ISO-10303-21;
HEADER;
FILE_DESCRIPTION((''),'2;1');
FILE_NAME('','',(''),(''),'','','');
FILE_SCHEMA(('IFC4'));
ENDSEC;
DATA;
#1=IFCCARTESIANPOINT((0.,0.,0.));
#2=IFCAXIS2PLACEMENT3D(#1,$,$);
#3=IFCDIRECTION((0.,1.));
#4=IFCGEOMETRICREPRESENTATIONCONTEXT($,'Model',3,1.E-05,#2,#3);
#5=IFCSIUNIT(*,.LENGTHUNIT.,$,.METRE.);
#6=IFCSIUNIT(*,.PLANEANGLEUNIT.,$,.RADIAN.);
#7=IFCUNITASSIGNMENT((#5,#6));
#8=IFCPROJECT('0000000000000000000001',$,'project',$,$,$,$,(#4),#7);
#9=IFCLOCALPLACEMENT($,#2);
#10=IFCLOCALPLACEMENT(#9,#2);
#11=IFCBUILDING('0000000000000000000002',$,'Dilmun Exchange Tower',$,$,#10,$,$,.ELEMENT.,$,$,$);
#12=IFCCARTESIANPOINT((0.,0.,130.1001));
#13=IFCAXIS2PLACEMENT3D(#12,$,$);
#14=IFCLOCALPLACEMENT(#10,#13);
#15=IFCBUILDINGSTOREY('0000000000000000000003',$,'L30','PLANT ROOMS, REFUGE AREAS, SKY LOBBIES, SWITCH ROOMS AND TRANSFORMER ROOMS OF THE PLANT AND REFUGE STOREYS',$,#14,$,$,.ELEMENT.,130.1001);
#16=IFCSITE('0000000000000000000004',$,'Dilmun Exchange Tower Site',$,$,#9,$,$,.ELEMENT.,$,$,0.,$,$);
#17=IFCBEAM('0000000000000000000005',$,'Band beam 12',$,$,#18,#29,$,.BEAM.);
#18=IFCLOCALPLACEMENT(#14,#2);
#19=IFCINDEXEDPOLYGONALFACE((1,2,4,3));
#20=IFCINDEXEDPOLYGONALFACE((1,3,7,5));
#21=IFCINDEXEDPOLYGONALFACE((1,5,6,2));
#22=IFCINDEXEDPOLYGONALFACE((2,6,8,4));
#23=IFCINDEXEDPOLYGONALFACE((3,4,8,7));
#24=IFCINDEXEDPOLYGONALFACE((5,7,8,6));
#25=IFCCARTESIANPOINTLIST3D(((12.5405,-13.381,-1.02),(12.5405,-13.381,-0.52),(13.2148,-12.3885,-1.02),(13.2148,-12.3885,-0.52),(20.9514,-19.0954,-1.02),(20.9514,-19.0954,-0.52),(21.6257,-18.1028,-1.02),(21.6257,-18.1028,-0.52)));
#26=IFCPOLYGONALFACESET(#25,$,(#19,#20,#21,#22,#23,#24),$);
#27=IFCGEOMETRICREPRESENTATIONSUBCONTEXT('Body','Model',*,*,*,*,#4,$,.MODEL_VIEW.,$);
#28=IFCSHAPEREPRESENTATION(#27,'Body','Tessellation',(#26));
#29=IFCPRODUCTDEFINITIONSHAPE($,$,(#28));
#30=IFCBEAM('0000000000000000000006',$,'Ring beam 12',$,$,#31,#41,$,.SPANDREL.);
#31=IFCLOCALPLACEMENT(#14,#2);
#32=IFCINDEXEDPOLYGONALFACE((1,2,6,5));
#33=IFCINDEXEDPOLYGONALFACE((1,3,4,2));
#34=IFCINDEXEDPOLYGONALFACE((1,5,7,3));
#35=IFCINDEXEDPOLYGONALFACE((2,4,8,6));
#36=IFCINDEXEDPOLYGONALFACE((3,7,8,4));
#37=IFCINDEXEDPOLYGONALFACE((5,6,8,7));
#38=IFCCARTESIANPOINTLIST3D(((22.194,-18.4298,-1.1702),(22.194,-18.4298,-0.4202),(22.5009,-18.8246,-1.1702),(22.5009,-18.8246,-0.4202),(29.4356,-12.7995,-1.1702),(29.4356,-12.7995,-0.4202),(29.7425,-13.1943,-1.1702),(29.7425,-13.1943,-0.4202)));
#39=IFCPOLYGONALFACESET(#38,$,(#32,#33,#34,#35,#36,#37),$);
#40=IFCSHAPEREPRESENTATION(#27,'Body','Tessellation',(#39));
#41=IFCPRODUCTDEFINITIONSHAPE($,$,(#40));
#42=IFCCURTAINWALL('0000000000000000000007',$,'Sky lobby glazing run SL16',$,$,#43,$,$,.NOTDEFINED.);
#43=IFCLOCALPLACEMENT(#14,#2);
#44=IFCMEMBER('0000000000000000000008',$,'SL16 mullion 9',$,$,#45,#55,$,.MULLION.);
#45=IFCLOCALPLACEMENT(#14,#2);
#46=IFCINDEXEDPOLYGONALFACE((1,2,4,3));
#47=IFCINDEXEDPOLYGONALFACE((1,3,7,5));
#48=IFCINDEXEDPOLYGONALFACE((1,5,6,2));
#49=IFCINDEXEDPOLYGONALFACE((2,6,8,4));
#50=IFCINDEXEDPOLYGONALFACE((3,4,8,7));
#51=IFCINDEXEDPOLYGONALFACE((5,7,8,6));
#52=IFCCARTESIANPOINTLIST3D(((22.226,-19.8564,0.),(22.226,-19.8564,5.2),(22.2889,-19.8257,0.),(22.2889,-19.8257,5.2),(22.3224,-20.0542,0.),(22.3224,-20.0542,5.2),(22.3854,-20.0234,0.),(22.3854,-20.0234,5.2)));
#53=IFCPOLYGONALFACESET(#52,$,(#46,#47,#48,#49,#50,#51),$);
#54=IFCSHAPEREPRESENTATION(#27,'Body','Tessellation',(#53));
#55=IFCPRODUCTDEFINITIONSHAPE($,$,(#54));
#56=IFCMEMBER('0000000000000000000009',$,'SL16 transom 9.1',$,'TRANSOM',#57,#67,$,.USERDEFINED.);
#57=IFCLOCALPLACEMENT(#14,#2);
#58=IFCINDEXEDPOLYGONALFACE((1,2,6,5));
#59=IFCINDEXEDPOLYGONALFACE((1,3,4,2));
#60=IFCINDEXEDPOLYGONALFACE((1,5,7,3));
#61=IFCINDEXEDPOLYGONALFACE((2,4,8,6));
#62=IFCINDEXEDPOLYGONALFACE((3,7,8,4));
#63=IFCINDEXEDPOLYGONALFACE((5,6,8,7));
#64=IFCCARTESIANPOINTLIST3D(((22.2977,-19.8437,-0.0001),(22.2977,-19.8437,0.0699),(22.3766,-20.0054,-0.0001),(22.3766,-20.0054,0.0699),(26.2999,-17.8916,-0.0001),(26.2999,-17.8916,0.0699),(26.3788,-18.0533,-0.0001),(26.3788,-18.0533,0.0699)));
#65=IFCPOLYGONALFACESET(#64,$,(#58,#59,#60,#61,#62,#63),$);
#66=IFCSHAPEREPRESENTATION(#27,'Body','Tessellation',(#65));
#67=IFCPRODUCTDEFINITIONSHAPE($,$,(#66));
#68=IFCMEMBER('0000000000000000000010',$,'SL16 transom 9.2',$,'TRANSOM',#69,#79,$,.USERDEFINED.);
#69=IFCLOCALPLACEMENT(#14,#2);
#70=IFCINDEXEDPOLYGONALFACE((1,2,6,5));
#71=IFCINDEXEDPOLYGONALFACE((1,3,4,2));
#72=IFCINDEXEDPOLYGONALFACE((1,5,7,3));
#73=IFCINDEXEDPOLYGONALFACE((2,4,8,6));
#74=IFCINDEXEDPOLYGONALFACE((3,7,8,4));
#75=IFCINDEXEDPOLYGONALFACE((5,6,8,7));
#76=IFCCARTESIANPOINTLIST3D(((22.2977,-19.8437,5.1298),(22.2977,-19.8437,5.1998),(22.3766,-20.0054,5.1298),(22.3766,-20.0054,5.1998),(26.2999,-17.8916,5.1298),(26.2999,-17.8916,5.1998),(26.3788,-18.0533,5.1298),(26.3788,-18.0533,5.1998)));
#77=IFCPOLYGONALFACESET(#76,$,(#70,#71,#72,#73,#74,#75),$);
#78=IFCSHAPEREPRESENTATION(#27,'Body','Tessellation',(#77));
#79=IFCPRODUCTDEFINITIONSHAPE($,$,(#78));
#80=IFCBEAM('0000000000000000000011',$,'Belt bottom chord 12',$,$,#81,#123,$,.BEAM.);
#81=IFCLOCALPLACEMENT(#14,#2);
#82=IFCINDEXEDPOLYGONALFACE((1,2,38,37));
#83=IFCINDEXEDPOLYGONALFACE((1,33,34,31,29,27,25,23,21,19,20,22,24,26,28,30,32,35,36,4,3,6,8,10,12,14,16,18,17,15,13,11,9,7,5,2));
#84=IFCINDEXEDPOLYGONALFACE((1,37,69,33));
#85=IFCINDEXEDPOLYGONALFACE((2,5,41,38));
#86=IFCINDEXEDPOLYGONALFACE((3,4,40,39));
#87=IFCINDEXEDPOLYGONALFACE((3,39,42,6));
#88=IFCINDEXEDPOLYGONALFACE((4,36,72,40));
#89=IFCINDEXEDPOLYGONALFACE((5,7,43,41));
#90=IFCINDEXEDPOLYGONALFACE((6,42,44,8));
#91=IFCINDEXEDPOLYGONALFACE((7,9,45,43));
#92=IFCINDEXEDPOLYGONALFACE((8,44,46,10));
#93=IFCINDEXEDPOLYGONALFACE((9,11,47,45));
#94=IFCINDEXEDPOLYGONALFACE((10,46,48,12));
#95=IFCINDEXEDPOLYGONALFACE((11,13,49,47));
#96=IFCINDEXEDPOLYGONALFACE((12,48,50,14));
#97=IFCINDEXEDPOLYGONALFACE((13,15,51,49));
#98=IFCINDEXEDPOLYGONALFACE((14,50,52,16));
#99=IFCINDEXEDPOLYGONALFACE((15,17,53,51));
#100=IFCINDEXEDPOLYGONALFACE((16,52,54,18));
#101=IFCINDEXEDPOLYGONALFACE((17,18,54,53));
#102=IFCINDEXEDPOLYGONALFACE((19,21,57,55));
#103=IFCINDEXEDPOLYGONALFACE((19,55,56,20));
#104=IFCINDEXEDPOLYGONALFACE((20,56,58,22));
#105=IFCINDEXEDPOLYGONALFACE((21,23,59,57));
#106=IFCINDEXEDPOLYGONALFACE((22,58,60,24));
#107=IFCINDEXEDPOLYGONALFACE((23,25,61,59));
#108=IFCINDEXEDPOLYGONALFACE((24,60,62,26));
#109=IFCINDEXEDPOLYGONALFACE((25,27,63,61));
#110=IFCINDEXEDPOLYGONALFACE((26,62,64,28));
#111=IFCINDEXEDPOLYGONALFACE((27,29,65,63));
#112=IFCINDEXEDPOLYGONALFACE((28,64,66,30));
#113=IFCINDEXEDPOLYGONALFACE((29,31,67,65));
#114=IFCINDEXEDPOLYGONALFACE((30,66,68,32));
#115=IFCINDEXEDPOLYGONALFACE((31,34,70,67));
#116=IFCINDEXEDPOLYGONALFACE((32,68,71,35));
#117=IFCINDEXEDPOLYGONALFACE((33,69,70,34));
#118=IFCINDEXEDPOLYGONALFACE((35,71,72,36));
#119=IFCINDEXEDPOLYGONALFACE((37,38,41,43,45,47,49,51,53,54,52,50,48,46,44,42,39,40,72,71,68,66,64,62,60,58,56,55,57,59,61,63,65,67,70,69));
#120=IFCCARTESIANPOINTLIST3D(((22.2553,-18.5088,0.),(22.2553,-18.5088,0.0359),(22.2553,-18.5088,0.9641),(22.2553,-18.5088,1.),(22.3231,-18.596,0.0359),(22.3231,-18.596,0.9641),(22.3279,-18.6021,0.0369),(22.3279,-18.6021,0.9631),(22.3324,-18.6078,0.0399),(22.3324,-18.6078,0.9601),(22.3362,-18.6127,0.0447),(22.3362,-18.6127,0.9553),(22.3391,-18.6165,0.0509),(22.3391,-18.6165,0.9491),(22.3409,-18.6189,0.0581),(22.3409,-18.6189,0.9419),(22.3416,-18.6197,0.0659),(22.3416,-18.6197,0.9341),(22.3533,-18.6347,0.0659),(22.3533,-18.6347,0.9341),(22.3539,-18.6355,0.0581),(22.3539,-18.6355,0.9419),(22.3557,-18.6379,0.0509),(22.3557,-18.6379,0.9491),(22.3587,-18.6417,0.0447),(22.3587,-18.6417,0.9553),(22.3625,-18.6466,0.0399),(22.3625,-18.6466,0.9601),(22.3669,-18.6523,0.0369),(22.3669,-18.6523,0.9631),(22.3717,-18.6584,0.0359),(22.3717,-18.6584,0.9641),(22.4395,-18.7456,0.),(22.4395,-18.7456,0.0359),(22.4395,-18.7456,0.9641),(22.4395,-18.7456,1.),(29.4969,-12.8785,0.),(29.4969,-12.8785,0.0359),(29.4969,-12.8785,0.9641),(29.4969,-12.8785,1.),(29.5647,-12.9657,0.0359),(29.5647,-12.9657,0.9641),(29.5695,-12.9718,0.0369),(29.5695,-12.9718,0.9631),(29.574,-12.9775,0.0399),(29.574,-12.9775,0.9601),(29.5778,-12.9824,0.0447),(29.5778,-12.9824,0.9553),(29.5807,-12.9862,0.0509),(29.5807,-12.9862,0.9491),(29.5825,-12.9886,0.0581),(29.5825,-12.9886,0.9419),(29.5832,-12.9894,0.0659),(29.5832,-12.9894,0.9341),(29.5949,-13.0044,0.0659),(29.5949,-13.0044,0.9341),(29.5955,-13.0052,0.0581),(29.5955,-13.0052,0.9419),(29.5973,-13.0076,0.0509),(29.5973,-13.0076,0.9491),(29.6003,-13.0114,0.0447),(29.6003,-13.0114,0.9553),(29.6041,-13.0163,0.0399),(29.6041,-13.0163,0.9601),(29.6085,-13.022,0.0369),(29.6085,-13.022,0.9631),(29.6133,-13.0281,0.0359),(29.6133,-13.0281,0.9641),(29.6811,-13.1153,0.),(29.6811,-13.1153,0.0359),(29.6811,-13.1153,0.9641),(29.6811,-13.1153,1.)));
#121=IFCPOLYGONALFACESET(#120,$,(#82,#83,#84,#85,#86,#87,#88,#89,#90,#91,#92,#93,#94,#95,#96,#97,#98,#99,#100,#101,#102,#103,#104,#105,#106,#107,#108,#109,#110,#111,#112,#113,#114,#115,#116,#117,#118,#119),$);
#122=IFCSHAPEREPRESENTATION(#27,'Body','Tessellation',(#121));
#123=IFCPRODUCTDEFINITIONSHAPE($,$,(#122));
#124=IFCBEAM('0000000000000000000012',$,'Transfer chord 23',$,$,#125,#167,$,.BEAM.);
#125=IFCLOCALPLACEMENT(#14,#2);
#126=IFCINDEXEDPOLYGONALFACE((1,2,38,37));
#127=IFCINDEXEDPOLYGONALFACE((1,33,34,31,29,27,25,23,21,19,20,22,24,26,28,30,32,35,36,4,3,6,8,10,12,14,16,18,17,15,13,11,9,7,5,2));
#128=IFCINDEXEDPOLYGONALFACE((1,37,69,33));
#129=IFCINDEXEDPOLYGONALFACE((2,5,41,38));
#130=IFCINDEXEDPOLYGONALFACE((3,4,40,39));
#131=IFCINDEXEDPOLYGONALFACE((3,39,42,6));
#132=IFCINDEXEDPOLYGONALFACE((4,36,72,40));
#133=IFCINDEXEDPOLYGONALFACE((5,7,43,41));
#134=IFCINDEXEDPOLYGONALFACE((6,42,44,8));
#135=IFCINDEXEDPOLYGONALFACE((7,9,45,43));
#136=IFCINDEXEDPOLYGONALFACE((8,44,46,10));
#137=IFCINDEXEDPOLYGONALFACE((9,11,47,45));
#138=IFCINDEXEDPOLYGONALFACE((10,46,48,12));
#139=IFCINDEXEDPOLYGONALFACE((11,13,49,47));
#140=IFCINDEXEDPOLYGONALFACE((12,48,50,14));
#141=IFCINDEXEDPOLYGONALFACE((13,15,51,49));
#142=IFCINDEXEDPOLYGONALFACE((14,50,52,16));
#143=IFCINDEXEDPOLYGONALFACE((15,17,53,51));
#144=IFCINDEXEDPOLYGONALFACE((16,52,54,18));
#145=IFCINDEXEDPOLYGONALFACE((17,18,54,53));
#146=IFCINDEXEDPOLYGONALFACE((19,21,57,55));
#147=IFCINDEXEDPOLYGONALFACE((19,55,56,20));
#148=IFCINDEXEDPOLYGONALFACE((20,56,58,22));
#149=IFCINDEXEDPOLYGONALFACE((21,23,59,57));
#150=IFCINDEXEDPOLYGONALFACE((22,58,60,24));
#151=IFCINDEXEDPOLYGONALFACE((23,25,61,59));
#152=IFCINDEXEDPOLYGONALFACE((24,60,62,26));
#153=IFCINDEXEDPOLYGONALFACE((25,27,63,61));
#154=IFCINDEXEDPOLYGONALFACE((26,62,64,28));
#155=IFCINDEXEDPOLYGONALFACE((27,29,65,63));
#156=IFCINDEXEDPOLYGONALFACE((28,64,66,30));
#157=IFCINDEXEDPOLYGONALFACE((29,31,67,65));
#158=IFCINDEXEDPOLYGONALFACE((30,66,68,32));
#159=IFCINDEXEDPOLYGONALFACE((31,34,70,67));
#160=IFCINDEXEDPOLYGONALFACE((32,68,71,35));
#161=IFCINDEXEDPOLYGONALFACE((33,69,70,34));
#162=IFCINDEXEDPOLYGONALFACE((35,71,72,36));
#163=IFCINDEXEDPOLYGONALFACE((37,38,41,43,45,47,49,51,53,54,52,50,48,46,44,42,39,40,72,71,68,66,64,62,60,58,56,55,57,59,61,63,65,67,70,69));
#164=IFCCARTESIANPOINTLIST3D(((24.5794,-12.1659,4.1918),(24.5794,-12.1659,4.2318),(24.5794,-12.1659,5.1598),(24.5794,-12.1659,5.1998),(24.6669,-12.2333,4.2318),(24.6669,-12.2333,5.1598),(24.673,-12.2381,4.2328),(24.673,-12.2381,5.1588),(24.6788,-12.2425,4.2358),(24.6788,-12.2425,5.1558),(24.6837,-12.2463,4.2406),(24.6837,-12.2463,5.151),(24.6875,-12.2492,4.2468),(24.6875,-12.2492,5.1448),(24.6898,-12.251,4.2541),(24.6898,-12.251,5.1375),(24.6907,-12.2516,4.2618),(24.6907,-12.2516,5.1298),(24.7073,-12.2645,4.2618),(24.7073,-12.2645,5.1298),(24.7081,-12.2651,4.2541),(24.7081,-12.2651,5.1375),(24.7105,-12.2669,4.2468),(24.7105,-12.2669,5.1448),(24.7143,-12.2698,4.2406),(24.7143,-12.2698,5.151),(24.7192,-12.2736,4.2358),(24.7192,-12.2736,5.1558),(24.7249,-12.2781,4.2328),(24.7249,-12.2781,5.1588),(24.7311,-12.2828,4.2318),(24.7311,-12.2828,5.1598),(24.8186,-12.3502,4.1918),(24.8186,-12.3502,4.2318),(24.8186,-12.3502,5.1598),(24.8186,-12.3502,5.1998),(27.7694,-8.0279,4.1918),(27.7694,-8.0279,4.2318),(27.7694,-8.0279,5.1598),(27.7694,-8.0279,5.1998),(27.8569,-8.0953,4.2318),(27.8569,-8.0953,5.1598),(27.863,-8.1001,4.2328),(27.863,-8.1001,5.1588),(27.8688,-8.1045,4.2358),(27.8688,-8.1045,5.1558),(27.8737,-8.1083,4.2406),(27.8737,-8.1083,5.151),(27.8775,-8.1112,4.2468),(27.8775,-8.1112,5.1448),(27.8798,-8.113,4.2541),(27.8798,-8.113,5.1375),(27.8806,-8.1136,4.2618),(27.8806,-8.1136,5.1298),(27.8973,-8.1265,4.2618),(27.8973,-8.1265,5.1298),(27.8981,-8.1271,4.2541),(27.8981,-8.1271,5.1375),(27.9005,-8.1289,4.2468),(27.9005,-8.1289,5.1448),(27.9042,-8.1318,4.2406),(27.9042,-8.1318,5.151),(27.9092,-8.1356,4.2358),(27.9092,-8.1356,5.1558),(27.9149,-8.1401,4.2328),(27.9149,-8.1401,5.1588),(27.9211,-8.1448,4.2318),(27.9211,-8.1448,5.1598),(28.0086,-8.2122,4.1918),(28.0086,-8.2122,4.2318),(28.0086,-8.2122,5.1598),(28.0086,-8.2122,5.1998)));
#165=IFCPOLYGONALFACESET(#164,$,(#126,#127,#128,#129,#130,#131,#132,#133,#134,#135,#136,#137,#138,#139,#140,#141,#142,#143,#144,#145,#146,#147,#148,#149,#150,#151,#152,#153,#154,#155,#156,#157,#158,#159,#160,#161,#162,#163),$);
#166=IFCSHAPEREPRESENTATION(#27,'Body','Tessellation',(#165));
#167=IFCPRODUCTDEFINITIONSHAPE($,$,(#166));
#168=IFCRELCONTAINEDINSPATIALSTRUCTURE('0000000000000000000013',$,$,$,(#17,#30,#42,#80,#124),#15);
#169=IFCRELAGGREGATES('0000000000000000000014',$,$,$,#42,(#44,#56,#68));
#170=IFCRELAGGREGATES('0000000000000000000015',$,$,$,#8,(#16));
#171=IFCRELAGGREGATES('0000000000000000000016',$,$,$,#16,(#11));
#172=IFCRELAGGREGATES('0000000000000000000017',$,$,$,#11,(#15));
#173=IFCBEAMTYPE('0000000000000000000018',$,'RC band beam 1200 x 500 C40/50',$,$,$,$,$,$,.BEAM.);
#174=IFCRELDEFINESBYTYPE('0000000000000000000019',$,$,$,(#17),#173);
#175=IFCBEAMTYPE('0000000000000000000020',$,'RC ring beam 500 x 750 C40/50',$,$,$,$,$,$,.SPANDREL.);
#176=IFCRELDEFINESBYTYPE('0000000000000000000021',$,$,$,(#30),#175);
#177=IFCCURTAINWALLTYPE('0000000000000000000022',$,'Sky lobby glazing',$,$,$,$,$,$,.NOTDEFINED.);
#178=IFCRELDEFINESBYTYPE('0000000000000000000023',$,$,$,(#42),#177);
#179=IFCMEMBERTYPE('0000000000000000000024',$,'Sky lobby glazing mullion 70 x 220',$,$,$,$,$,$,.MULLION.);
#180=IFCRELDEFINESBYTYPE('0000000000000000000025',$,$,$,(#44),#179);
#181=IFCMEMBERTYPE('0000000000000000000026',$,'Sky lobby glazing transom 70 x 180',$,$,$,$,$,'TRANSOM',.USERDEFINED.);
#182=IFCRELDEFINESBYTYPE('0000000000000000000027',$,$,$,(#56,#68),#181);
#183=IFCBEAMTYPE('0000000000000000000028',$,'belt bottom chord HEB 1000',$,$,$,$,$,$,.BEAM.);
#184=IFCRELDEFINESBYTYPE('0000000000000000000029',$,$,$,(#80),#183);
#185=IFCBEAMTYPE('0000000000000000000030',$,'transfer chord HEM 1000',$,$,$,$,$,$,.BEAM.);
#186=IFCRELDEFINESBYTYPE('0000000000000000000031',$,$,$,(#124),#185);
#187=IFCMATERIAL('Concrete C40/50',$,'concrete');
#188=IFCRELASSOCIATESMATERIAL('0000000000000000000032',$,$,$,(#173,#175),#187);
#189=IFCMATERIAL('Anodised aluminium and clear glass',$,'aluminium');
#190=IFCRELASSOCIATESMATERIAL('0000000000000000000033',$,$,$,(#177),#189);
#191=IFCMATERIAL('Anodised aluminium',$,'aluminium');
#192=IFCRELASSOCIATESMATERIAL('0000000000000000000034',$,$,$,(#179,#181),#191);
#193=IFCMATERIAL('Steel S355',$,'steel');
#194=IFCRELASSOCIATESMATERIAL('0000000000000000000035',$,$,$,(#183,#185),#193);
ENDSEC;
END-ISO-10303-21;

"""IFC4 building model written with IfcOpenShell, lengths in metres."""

from ifc_helpers import new_model, si_unit, direction, frame, origin, origin_2d, place, context, subcontext, project, spatial, rectangle, i_section, extrude, material, material_profile, profile_set, type_object, element, aggregate, save


model = new_model("IFC4")

# Units and contexts
model_context = context("Model", 3, precision=1e-05, world=origin(), true_north=direction((0.0, 1.0)))
body_context = subcontext(model_context, "Body", "Model", "MODEL_VIEW")
ifc_project = project(units=[si_unit("LENGTHUNIT", "METRE"), si_unit("PLANEANGLEUNIT", "RADIAN")], contexts=[model_context])

# Site, building, storey
site_placement = place(None, origin())
site = spatial("IfcSite", under=ifc_project, at=site_placement, Name="Dilmun Exchange Tower Site", CompositionType="ELEMENT", RefElevation=0.0)
building_placement = place(site_placement, origin())
building = spatial("IfcBuilding", under=site, at=building_placement, Name="Dilmun Exchange Tower", CompositionType="ELEMENT")
storey_placement = place(building_placement, frame((0.0, 0.0, 130.1001)))
storey = spatial("IfcBuildingStorey", under=building, at=storey_placement, Name="L30", Description="PLANT ROOMS, REFUGE AREAS, SKY LOBBIES, SWITCH ROOMS AND TRANSFORMER ROOMS OF THE PLANT AND REFUGE STOREYS", CompositionType="ELEMENT", Elevation=130.1001)

# Beams
ifc_material_1 = material(Name="Concrete C40/50", Category="concrete")
ifc_material_profile_1 = material_profile(ifc_material_1, rectangle(XDim=1.2, YDim=0.5, at=origin_2d()), Name="1200 x 500")
ifc_profile_set_1 = profile_set([ifc_material_profile_1], Name="Concrete C40/50")
beam_type_1 = type_object("IfcBeamType", Name="RC band beam 1200 x 500 C40/50", PredefinedType="BEAM", material=ifc_profile_set_1)
beam_1_placement = place(storey_placement, frame((21.2886, -18.5991, -0.77), z_axis=(-0.827157, 0.56197, 0.0), x_axis=(-0.56197, -0.827157, 0.0)))
element("IfcBeam", 1, at=beam_1_placement, inside=storey, type_object=beam_type_1, Name="Band beam 12", PredefinedType="BEAM", context=body_context, shape_type="SweptSolid", body=[
    extrude(rectangle(XDim=1.2, YDim=0.5, at=origin_2d()), origin(), (0.0, 0.0, 1.0), 10.1685),
])
ifc_material_profile_2 = material_profile(ifc_material_1, rectangle(XDim=0.5, YDim=0.75, at=origin_2d()), Name="500 x 750")
ifc_profile_set_2 = profile_set([ifc_material_profile_2], Name="Concrete C40/50")
beam_type_2 = type_object("IfcBeamType", Name="RC ring beam 500 x 750 C40/50", PredefinedType="SPANDREL", material=ifc_profile_set_2)
beam_2_placement = place(storey_placement, frame((22.3474, -18.6272, -0.7952), z_axis=(0.789461, 0.613801, 0.0), x_axis=(-0.613801, 0.789461, 0.0)))
element("IfcBeam", 2, at=beam_2_placement, inside=storey, type_object=beam_type_2, Name="Ring beam 12", PredefinedType="SPANDREL", context=body_context, shape_type="SweptSolid", body=[
    extrude(rectangle(XDim=0.5, YDim=0.75, at=origin_2d()), origin(), (0.0, 0.0, 1.0), 9.1729),
])

# Curtain wall, members
ifc_material_2 = material(Name="Anodised aluminium and clear glass", Category="aluminium")
curtain_wall_type = type_object("IfcCurtainWallType", Name="Sky lobby glazing", PredefinedType="NOTDEFINED", material=ifc_material_2)
curtain_wall_placement = place(storey_placement, origin())
curtain_wall = element("IfcCurtainWall", 3, at=curtain_wall_placement, inside=storey, type_object=curtain_wall_type, Name="Sky lobby glazing run SL16", PredefinedType="NOTDEFINED")
ifc_material_3 = material(Name="Anodised aluminium", Category="aluminium")
ifc_material_profile_3 = material_profile(ifc_material_3, rectangle(XDim=0.22, YDim=0.0701, at=origin_2d()), Name="AL 70x220")
ifc_profile_set_3 = profile_set([ifc_material_profile_3], Name="Anodised aluminium")
member_type_1 = type_object("IfcMemberType", Name="Sky lobby glazing mullion 70 x 220", PredefinedType="MULLION", material=ifc_profile_set_3)
member_1_placement = place(storey_placement, frame((22.3057, -19.9399, 0.0), z_axis=(0.0, 0.0, 1.0), x_axis=(-0.438371, 0.898794, 0.0)))
member_1 = element("IfcMember", 4, at=member_1_placement, type_object=member_type_1, Name="SL16 mullion 9", PredefinedType="MULLION", context=body_context, shape_type="SweptSolid", body=[
    extrude(rectangle(XDim=0.22, YDim=0.0701, at=origin_2d()), origin(), (0.0, 0.0, 1.0), 5.2),
])
ifc_material_profile_4 = material_profile(ifc_material_3, rectangle(XDim=0.1799, YDim=0.0701, at=origin_2d()), Name="AL 70x180")
ifc_profile_set_4 = profile_set([ifc_material_profile_4], Name="Anodised aluminium")
member_type_2 = type_object("IfcMemberType", Name="Sky lobby glazing transom 70 x 180", ElementType="TRANSOM", PredefinedType="USERDEFINED", material=ifc_profile_set_4)
member_2_placement = place(storey_placement, frame((22.3372, -19.9246, 0.0349), z_axis=(0.898781, 0.438398, 0.0), x_axis=(-0.438398, 0.898781, 0.0)))
member_2 = element("IfcMember", 5, at=member_2_placement, type_object=member_type_2, Name="SL16 transom 9.1", ObjectType="TRANSOM", PredefinedType="USERDEFINED", context=body_context, shape_type="SweptSolid", body=[
    extrude(rectangle(XDim=0.1799, YDim=0.0701, at=origin_2d()), origin(), (0.0, 0.0, 1.0), 4.4529),
])
member_3_placement = place(storey_placement, frame((22.3372, -19.9246, 5.1648), z_axis=(0.898781, 0.438398, 0.0), x_axis=(-0.438398, 0.898781, 0.0)))
member_3 = element("IfcMember", 6, at=member_3_placement, type_object=member_type_2, Name="SL16 transom 9.2", ObjectType="TRANSOM", PredefinedType="USERDEFINED", context=body_context, shape_type="SweptSolid", body=[
    extrude(rectangle(XDim=0.1799, YDim=0.0701, at=origin_2d()), origin(), (0.0, 0.0, 1.0), 4.4529),
])

# Beams
ifc_material_4 = material(Name="Steel S355", Category="steel")
ifc_material_profile_5 = material_profile(ifc_material_4, i_section(OverallWidth=0.3, OverallDepth=1.0, WebThickness=0.019, FlangeThickness=0.0359, FilletRadius=0.03, at=origin_2d()), Name="HEB 1000")
ifc_profile_set_5 = profile_set([ifc_material_profile_5], Name="Steel S355")
beam_type_3 = type_object("IfcBeamType", Name="belt bottom chord HEB 1000", PredefinedType="BEAM", material=ifc_profile_set_5)
beam_3_placement = place(storey_placement, frame((22.3474, -18.6272, 0.5), z_axis=(0.789461, 0.613801, 0.0), x_axis=(-0.613801, 0.789461, 0.0)))
element("IfcBeam", 7, at=beam_3_placement, inside=storey, type_object=beam_type_3, Name="Belt bottom chord 12", PredefinedType="BEAM", context=body_context, shape_type="SweptSolid", body=[
    extrude(i_section(OverallWidth=0.3, OverallDepth=1.0, WebThickness=0.019, FlangeThickness=0.0359, FilletRadius=0.03, at=origin_2d()), origin(), (0.0, 0.0, 1.0), 9.1729),
])
ifc_material_profile_6 = material_profile(ifc_material_4, i_section(OverallWidth=0.302, OverallDepth=1.0081, WebThickness=0.021, FlangeThickness=0.04, FilletRadius=0.03, at=origin_2d()), Name="HEM 1000")
ifc_profile_set_6 = profile_set([ifc_material_profile_6], Name="Steel S355")
beam_type_4 = type_object("IfcBeamType", Name="transfer chord HEM 1000", PredefinedType="BEAM", material=ifc_profile_set_6)
beam_4_placement = place(storey_placement, frame((24.699, -12.2581, 4.6958), z_axis=(0.610541, 0.791984, 0.0), x_axis=(-0.791984, 0.610541, 0.0)))
element("IfcBeam", 8, at=beam_4_placement, inside=storey, type_object=beam_type_4, Name="Transfer chord 23", PredefinedType="BEAM", context=body_context, shape_type="SweptSolid", body=[
    extrude(i_section(OverallWidth=0.302, OverallDepth=1.0081, WebThickness=0.021, FlangeThickness=0.04, FilletRadius=0.03, at=origin_2d()), origin(), (0.0, 0.0, 1.0), 5.2249),
])

aggregate(curtain_wall, [member_1, member_2, member_3])

save(model, "model.ifc")
